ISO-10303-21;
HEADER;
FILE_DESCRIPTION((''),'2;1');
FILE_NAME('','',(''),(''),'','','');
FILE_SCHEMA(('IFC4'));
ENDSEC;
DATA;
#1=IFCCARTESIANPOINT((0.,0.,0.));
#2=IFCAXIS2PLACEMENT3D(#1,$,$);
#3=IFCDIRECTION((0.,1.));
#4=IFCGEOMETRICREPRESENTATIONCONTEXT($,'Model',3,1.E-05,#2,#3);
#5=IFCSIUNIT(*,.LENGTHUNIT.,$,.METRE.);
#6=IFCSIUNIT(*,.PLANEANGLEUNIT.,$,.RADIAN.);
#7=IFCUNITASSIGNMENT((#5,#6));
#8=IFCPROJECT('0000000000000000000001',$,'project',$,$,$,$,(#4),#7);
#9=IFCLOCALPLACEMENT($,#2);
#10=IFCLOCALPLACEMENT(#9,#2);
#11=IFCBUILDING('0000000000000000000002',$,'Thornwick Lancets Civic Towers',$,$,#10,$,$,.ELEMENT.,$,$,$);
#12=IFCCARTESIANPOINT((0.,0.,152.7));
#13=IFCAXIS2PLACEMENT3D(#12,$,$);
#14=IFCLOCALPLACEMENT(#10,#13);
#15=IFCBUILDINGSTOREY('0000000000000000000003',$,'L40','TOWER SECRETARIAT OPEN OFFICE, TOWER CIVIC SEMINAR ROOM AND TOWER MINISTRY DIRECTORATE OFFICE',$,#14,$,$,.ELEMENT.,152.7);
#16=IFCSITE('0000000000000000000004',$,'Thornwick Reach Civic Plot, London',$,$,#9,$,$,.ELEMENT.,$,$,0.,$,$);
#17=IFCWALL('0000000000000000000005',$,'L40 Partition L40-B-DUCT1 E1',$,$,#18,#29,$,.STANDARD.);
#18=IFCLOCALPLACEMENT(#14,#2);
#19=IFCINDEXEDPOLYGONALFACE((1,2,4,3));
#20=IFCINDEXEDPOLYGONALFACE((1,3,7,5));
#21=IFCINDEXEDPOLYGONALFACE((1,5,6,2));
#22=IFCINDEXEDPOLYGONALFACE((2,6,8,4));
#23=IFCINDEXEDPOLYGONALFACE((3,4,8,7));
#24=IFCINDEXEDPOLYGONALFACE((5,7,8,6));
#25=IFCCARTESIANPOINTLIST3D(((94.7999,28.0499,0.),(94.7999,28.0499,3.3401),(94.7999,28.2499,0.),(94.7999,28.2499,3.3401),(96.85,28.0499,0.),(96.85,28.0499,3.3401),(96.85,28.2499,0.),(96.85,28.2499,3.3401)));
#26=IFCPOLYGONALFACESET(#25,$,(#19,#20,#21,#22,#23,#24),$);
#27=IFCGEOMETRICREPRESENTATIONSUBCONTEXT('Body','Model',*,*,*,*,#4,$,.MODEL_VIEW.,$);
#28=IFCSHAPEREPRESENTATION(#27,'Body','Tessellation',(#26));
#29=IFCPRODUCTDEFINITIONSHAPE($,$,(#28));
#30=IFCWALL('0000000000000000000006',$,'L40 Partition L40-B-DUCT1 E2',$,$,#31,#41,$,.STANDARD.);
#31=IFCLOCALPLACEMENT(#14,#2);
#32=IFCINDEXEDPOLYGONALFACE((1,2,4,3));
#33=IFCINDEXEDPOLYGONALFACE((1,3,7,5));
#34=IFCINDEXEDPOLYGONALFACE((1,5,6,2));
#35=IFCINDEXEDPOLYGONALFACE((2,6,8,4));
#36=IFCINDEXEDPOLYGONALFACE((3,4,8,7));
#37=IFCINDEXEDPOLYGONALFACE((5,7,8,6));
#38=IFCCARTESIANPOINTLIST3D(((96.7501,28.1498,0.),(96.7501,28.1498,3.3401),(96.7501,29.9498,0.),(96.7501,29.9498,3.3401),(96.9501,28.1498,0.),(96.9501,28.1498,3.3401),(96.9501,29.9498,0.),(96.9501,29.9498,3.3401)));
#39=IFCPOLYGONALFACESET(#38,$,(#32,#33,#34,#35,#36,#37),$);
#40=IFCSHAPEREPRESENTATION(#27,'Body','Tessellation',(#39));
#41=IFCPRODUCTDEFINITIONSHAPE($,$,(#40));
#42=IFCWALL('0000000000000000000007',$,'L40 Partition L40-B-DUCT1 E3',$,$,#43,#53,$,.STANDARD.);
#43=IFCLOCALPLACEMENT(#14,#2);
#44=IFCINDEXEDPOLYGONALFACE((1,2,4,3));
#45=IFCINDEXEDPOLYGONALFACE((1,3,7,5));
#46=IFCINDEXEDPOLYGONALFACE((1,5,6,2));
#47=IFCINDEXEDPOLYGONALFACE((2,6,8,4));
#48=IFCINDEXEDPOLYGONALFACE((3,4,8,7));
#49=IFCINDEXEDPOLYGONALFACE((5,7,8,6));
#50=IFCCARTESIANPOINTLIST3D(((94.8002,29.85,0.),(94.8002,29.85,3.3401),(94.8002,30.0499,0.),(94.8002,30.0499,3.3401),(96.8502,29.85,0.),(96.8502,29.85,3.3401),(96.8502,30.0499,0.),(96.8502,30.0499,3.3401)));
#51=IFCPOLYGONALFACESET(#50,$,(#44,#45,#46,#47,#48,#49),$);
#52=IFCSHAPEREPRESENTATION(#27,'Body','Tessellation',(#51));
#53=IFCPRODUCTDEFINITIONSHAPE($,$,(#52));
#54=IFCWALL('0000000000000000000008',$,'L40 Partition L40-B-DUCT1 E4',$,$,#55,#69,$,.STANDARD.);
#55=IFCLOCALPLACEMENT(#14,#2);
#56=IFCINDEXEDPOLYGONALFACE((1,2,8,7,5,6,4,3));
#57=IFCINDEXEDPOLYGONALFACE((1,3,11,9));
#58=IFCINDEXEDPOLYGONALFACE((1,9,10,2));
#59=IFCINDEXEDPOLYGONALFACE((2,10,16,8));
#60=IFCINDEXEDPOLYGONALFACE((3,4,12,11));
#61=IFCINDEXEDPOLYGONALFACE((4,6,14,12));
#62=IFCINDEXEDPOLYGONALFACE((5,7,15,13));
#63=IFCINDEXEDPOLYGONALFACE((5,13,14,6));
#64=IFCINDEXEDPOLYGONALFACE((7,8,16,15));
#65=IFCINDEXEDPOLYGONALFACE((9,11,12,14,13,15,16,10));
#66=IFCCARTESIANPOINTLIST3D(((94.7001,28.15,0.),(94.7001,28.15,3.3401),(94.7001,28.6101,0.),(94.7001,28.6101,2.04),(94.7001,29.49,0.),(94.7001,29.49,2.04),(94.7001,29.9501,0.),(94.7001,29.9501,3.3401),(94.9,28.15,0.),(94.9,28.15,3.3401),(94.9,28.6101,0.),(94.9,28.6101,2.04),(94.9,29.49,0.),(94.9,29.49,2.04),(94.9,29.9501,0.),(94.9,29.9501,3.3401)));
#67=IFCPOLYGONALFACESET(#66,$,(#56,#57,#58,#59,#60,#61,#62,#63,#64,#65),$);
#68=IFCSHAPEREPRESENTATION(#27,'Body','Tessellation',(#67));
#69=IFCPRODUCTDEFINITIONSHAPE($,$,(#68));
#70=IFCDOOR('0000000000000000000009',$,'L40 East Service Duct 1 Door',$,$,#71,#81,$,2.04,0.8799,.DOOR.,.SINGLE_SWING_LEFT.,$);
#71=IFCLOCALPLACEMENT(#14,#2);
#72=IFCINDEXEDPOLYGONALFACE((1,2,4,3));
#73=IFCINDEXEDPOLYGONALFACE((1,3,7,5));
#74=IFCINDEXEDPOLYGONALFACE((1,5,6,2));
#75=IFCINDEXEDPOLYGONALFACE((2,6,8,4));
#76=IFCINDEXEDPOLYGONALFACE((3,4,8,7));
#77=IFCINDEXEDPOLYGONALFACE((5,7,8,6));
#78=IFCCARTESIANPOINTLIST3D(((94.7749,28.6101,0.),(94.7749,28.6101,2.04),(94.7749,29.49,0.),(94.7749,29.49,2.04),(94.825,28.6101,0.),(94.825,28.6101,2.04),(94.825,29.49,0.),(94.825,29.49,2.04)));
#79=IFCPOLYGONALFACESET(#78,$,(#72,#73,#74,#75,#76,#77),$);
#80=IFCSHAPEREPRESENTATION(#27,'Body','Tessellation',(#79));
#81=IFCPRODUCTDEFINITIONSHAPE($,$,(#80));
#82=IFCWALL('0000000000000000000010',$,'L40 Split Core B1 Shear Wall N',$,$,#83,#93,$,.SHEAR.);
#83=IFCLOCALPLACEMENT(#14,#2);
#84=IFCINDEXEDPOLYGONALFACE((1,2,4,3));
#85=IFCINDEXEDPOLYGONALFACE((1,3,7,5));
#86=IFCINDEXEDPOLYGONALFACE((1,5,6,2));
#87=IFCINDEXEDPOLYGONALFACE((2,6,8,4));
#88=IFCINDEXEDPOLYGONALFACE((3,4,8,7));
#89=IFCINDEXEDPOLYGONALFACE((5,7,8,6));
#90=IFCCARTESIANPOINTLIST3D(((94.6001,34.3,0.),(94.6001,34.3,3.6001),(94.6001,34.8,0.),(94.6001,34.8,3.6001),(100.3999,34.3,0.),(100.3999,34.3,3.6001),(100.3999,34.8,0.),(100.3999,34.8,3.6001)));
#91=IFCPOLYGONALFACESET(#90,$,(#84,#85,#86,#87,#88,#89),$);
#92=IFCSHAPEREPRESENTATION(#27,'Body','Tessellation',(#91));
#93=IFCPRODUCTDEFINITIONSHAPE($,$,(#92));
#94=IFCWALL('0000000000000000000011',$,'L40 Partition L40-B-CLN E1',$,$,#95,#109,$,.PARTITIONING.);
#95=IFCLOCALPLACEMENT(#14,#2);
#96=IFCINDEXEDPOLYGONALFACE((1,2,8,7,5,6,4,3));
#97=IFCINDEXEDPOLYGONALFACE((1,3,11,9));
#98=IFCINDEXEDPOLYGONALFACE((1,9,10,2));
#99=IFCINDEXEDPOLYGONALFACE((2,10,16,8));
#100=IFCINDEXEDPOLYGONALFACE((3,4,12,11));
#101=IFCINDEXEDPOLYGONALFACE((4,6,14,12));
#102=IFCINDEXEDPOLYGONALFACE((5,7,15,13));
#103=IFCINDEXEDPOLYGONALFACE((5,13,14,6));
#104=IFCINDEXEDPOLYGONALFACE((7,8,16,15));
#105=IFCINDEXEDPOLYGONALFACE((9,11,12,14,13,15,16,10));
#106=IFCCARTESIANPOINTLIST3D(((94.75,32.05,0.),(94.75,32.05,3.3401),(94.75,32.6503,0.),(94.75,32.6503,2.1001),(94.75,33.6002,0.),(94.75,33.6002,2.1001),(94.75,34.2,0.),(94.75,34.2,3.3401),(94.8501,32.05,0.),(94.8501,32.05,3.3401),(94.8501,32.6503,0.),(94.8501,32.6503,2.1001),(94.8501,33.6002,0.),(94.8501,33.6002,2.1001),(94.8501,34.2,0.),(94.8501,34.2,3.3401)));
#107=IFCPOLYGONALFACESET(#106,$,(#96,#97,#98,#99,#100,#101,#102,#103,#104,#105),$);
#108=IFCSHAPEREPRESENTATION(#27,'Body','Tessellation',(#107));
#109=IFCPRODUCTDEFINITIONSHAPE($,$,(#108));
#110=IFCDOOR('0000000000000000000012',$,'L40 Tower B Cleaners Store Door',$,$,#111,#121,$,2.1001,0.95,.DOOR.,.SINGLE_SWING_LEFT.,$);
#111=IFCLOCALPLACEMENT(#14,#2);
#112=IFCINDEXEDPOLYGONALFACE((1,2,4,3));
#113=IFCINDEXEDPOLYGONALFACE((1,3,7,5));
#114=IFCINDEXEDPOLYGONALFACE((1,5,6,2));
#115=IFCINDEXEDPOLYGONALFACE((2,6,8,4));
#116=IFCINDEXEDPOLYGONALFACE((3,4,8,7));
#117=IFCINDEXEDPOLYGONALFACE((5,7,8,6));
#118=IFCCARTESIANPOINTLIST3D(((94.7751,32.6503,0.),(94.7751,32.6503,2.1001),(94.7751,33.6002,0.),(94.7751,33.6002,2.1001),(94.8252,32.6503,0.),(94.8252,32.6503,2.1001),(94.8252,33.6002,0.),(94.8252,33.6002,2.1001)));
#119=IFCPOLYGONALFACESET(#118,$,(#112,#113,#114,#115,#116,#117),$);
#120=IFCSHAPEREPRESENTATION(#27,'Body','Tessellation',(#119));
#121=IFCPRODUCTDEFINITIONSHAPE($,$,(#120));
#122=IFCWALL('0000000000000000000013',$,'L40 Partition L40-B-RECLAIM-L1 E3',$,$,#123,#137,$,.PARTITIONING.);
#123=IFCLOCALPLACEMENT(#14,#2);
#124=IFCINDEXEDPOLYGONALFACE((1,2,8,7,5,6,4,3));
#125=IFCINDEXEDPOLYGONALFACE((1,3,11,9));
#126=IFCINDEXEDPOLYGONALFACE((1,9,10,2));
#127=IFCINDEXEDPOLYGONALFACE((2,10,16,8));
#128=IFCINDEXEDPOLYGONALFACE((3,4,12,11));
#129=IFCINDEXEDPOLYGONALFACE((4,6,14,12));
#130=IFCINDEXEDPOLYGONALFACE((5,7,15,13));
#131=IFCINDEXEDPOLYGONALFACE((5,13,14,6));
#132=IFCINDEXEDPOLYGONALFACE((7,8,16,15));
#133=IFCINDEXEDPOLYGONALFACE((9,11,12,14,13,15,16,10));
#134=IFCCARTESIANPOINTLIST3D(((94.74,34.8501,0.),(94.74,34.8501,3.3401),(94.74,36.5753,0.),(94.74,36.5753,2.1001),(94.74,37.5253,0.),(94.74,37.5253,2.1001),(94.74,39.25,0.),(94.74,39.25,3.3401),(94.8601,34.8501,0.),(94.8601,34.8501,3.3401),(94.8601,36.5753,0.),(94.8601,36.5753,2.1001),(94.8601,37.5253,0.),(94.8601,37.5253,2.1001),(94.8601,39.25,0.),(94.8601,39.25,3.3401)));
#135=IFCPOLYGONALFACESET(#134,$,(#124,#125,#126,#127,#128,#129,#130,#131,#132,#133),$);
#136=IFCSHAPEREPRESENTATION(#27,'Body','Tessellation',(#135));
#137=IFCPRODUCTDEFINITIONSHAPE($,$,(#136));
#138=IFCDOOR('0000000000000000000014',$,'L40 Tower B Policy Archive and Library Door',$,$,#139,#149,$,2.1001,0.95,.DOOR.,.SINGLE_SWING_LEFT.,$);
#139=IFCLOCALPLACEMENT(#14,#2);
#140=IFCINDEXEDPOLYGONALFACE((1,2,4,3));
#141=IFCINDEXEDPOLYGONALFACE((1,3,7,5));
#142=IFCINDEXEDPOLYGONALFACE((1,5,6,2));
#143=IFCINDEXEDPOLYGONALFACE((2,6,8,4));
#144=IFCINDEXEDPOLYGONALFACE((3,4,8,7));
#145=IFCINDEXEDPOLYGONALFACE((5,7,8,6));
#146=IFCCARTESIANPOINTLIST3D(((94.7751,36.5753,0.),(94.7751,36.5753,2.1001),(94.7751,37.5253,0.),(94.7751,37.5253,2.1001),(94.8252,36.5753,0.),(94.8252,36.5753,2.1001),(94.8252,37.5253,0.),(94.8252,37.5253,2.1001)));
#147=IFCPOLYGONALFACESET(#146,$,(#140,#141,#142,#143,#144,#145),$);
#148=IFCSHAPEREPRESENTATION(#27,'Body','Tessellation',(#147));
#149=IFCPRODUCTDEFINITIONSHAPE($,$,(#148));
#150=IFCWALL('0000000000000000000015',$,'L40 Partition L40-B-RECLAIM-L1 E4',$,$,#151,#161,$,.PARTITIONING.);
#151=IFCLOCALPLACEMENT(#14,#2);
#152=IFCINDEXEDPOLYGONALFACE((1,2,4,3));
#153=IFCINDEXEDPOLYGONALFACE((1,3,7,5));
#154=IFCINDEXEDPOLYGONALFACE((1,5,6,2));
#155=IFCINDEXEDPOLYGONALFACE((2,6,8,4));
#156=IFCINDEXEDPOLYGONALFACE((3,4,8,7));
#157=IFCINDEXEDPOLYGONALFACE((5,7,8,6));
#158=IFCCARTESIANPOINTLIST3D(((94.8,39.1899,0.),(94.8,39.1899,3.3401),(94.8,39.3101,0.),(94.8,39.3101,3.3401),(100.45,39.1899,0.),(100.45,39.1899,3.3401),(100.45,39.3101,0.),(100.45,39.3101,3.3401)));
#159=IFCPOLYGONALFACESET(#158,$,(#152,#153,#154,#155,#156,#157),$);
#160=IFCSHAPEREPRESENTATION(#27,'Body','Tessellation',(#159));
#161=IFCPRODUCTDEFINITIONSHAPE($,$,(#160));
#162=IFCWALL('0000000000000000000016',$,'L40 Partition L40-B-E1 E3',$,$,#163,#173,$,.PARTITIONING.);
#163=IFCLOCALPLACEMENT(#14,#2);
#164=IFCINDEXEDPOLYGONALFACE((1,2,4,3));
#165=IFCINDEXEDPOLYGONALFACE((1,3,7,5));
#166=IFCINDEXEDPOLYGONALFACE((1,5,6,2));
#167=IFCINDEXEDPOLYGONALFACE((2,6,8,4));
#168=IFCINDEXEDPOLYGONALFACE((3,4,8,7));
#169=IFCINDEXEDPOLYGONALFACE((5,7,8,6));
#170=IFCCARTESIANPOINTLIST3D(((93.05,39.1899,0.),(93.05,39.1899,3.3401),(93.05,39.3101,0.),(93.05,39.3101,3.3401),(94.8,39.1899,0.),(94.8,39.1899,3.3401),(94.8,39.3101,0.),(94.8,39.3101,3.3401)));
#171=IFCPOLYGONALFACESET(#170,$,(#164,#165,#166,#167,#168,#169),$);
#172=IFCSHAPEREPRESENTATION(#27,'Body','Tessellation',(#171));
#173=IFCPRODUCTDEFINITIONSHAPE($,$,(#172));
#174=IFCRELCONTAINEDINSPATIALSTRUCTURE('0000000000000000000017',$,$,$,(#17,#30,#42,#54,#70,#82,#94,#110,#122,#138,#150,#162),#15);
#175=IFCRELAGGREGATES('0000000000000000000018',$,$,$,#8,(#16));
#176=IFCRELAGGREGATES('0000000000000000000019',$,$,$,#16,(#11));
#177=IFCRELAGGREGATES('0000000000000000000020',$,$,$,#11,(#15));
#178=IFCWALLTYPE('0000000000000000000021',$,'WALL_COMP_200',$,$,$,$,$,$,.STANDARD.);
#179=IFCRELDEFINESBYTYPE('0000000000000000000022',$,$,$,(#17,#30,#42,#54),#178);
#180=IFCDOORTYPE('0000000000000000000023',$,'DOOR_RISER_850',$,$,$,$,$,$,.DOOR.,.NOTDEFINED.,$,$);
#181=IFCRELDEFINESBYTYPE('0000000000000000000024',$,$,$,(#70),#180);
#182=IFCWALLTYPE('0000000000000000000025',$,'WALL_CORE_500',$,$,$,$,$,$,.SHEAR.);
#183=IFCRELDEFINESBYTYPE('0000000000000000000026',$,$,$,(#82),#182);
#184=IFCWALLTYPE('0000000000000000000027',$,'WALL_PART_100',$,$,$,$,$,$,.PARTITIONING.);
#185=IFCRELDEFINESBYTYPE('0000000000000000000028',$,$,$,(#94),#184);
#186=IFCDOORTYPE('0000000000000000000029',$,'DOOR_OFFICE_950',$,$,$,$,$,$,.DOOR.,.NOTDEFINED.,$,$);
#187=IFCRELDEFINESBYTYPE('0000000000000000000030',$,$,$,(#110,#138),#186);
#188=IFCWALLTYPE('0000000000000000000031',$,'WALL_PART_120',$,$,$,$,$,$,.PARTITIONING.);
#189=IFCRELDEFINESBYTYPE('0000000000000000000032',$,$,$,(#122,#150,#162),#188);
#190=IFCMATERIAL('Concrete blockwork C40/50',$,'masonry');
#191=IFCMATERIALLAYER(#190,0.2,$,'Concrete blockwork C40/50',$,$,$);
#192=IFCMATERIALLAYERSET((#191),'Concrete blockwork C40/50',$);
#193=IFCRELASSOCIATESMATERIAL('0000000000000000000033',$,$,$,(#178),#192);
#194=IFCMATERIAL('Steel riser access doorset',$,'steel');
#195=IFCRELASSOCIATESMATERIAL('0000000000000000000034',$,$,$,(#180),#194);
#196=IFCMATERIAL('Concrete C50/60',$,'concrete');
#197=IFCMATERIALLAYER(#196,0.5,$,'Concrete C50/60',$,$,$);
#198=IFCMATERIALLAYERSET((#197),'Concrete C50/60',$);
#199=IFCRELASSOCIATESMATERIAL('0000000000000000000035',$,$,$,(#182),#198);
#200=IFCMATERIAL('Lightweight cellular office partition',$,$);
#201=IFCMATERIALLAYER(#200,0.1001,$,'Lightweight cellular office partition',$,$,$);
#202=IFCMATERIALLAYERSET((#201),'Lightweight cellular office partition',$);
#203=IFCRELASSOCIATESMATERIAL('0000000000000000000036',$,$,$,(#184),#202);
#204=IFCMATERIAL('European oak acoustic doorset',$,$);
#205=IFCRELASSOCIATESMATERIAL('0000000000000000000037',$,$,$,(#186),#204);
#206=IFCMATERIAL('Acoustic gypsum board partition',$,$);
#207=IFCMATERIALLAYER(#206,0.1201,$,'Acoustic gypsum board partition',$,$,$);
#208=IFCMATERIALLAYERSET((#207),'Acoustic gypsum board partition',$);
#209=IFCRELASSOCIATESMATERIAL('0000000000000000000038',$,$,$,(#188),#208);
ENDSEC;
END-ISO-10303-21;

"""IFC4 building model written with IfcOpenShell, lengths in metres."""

from ifc_helpers import new_model, si_unit, direction, frame, frame_2d, origin, place, context, subcontext, project, spatial, rectangle, extrude, material, layer, layer_set, type_object, element, fill, save


model = new_model("IFC4")

# Units and contexts
model_context = context("Model", 3, precision=1e-05, world=origin(), true_north=direction((0.0, 1.0)))
body_context = subcontext(model_context, "Body", "Model", "MODEL_VIEW")
ifc_project = project(units=[si_unit("LENGTHUNIT", "METRE"), si_unit("PLANEANGLEUNIT", "RADIAN")], contexts=[model_context])

# Site, building, storey
site_placement = place(None, origin())
site = spatial("IfcSite", under=ifc_project, at=site_placement, Name="Thornwick Reach Civic Plot, London", CompositionType="ELEMENT", RefElevation=0.0)
building_placement = place(site_placement, origin())
building = spatial("IfcBuilding", under=site, at=building_placement, Name="Thornwick Lancets Civic Towers", CompositionType="ELEMENT")
storey_placement = place(building_placement, frame((0.0, 0.0, 152.7)))
storey = spatial("IfcBuildingStorey", under=building, at=storey_placement, Name="L40", Description="TOWER SECRETARIAT OPEN OFFICE, TOWER CIVIC SEMINAR ROOM AND TOWER MINISTRY DIRECTORATE OFFICE", CompositionType="ELEMENT", Elevation=152.7)

# Shared definitions
ifc_material_1 = material(Name="Concrete C50/60", Category="concrete")

# Shared definitions
ifc_material_2 = material(Name="Concrete blockwork C40/50", Category="masonry")
ifc_layer_1 = layer(ifc_material_2, 0.2, Name="Concrete blockwork C40/50")
ifc_layer_set_1 = layer_set([ifc_layer_1], Name="Concrete blockwork C40/50")
wall_type_1 = type_object("IfcWallType", Name="WALL_COMP_200", PredefinedType="STANDARD", material=ifc_layer_set_1)

# Walls
wall_1_placement = place(storey_placement, frame((94.8, 28.1499, 0.0), z_axis=(0.0, 0.0, 1.0), x_axis=(1.0, 0.0, 0.0)))
element("IfcWall", 1, at=wall_1_placement, inside=storey, type_object=wall_type_1, Name="L40 Partition L40-B-DUCT1 E1", PredefinedType="STANDARD", context=body_context, shape_type="SweptSolid", body=[
    extrude(rectangle(XDim=2.05, YDim=0.2, at=frame_2d((1.0249, 0.0))), origin(), (0.0, 0.0, 1.0), 3.3401),
])
wall_2_placement = place(storey_placement, frame((96.8501, 28.1499, 0.0), z_axis=(0.0, 0.0, 1.0), x_axis=(0.0, 1.0, 0.0)))
element("IfcWall", 2, at=wall_2_placement, inside=storey, type_object=wall_type_1, Name="L40 Partition L40-B-DUCT1 E2", PredefinedType="STANDARD", context=body_context, shape_type="SweptSolid", body=[
    extrude(rectangle(XDim=1.8, YDim=0.2, at=frame_2d((0.8999, 0.0))), origin(), (0.0, 0.0, 1.0), 3.3401),
])
wall_3_placement = place(storey_placement, frame((96.8501, 29.95, 0.0), z_axis=(0.0, 0.0, 1.0), x_axis=(-1.0, 0.0, 0.0)))
element("IfcWall", 3, at=wall_3_placement, inside=storey, type_object=wall_type_1, Name="L40 Partition L40-B-DUCT1 E3", PredefinedType="STANDARD", context=body_context, shape_type="SweptSolid", body=[
    extrude(rectangle(XDim=2.05, YDim=0.2, at=frame_2d((1.0249, 0.0))), origin(), (0.0, 0.0, 1.0), 3.3401),
])

# Wall, opening, door
wall_4_placement = place(storey_placement, frame((94.8, 29.95, 0.0), z_axis=(0.0, 0.0, 1.0), x_axis=(0.0, -1.0, 0.0)))
wall_4 = element("IfcWall", 4, at=wall_4_placement, inside=storey, type_object=wall_type_1, Name="L40 Partition L40-B-DUCT1 E4", PredefinedType="STANDARD", context=body_context, shape_type="SweptSolid", body=[
    extrude(rectangle(XDim=1.8, YDim=0.2, at=frame_2d((0.8999, 0.0))), origin(), (0.0, 0.0, 1.0), 3.3401),
])
opening_1_placement = place(wall_4_placement, frame((0.46, 0.0, 0.0)))
opening_1 = element("IfcOpeningElement", 5, at=opening_1_placement, cuts=wall_4, PredefinedType="OPENING", context=body_context, shape_type="SweptSolid", body=[
    extrude(rectangle(XDim=0.8799, YDim=2.04, at=frame_2d((0.4399, 1.02))), frame((0.0, 0.1099, 0.0), z_axis=(0.0, -1.0, 0.0), x_axis=(1.0, 0.0, 0.0)), (0.0, 0.0, 1.0), 0.22),
])
ifc_material_3 = material(Name="Steel riser access doorset", Category="steel")
door_type_1 = type_object("IfcDoorType", Name="DOOR_RISER_850", OperationType="NOTDEFINED", PredefinedType="DOOR", material=ifc_material_3)
door_1_placement = place(opening_1_placement, origin())
door_1 = element("IfcDoor", 6, at=door_1_placement, inside=storey, type_object=door_type_1, Name="L40 East Service Duct 1 Door", OperationType="SINGLE_SWING_LEFT", OverallHeight=2.04, OverallWidth=0.8799, PredefinedType="DOOR", context=body_context, shape_type="SweptSolid", body=[
    extrude(rectangle(XDim=0.8799, YDim=2.04, at=frame_2d((0.4399, 1.02))), frame((0.0, 0.0249, 0.0), z_axis=(0.0, -1.0, 0.0), x_axis=(1.0, 0.0, 0.0)), (0.0, 0.0, 1.0), 0.05),
])
fill(opening_1, door_1)

# Wall
ifc_layer_2 = layer(ifc_material_1, 0.5, Name="Concrete C50/60")
ifc_layer_set_2 = layer_set([ifc_layer_2], Name="Concrete C50/60")
wall_type_2 = type_object("IfcWallType", Name="WALL_CORE_500", PredefinedType="SHEAR", material=ifc_layer_set_2)
wall_5_placement = place(storey_placement, frame((94.6001, 34.55, 0.0), z_axis=(0.0, 0.0, 1.0), x_axis=(1.0, 0.0, 0.0)))
element("IfcWall", 7, at=wall_5_placement, inside=storey, type_object=wall_type_2, Name="L40 Split Core B1 Shear Wall N", PredefinedType="SHEAR", context=body_context, shape_type="SweptSolid", body=[
    extrude(rectangle(XDim=5.7998, YDim=0.5, at=frame_2d((2.8999, 0.0))), origin(), (0.0, 0.0, 1.0), 3.6001),
])

# Walls, openings, doors
ifc_material_4 = material(Name="Lightweight cellular office partition")
ifc_layer_3 = layer(ifc_material_4, 0.1001, Name="Lightweight cellular office partition")
ifc_layer_set_3 = layer_set([ifc_layer_3], Name="Lightweight cellular office partition")
wall_type_3 = type_object("IfcWallType", Name="WALL_PART_100", PredefinedType="PARTITIONING", material=ifc_layer_set_3)
wall_6_placement = place(storey_placement, frame((94.8, 32.05, 0.0), z_axis=(0.0, 0.0, 1.0), x_axis=(0.0, 1.0, 0.0)))
wall_6 = element("IfcWall", 8, at=wall_6_placement, inside=storey, type_object=wall_type_3, Name="L40 Partition L40-B-CLN E1", PredefinedType="PARTITIONING", context=body_context, shape_type="SweptSolid", body=[
    extrude(rectangle(XDim=2.1499, YDim=0.1001, at=frame_2d((1.075, 0.0))), origin(), (0.0, 0.0, 1.0), 3.3401),
])
opening_2_placement = place(wall_6_placement, frame((0.6001, 0.0, 0.0)))
opening_2 = element("IfcOpeningElement", 9, at=opening_2_placement, cuts=wall_6, PredefinedType="OPENING", context=body_context, shape_type="SweptSolid", body=[
    extrude(rectangle(XDim=0.95, YDim=2.1001, at=frame_2d((0.4751, 1.05))), frame((0.0, 0.0601, 0.0), z_axis=(0.0, -1.0, 0.0), x_axis=(1.0, 0.0, 0.0)), (0.0, 0.0, 1.0), 0.1201),
])
ifc_material_5 = material(Name="European oak acoustic doorset")
door_type_2 = type_object("IfcDoorType", Name="DOOR_OFFICE_950", OperationType="NOTDEFINED", PredefinedType="DOOR", material=ifc_material_5)
door_2_placement = place(opening_2_placement, origin())
door_2 = element("IfcDoor", 10, at=door_2_placement, inside=storey, type_object=door_type_2, Name="L40 Tower B Cleaners Store Door", OperationType="SINGLE_SWING_LEFT", OverallHeight=2.1001, OverallWidth=0.95, PredefinedType="DOOR", context=body_context, shape_type="SweptSolid", body=[
    extrude(rectangle(XDim=0.95, YDim=2.1001, at=frame_2d((0.4751, 1.05))), frame((0.0, 0.0249, 0.0), z_axis=(0.0, -1.0, 0.0), x_axis=(1.0, 0.0, 0.0)), (0.0, 0.0, 1.0), 0.05),
])
fill(opening_2, door_2)
ifc_material_6 = material(Name="Acoustic gypsum board partition")
ifc_layer_4 = layer(ifc_material_6, 0.1201, Name="Acoustic gypsum board partition")
ifc_layer_set_4 = layer_set([ifc_layer_4], Name="Acoustic gypsum board partition")
wall_type_4 = type_object("IfcWallType", Name="WALL_PART_120", PredefinedType="PARTITIONING", material=ifc_layer_set_4)
wall_7_placement = place(storey_placement, frame((94.8, 34.8501, 0.0), z_axis=(0.0, 0.0, 1.0), x_axis=(0.0, 1.0, 0.0)))
wall_7 = element("IfcWall", 11, at=wall_7_placement, inside=storey, type_object=wall_type_4, Name="L40 Partition L40-B-RECLAIM-L1 E3", PredefinedType="PARTITIONING", context=body_context, shape_type="SweptSolid", body=[
    extrude(rectangle(XDim=4.3999, YDim=0.1201, at=frame_2d((2.2, 0.0))), origin(), (0.0, 0.0, 1.0), 3.3401),
])
opening_3_placement = place(wall_7_placement, frame((1.7251, 0.0, 0.0)))
opening_3 = element("IfcOpeningElement", 12, at=opening_3_placement, cuts=wall_7, PredefinedType="OPENING", context=body_context, shape_type="SweptSolid", body=[
    extrude(rectangle(XDim=0.95, YDim=2.1001, at=frame_2d((0.4751, 1.05))), frame((0.0, 0.0701, 0.0), z_axis=(0.0, -1.0, 0.0), x_axis=(1.0, 0.0, 0.0)), (0.0, 0.0, 1.0), 0.1401),
])
door_3_placement = place(opening_3_placement, origin())
door_3 = element("IfcDoor", 13, at=door_3_placement, inside=storey, type_object=door_type_2, Name="L40 Tower B Policy Archive and Library Door", OperationType="SINGLE_SWING_LEFT", OverallHeight=2.1001, OverallWidth=0.95, PredefinedType="DOOR", context=body_context, shape_type="SweptSolid", body=[
    extrude(rectangle(XDim=0.95, YDim=2.1001, at=frame_2d((0.4751, 1.05))), frame((0.0, 0.0249, 0.0), z_axis=(0.0, -1.0, 0.0), x_axis=(1.0, 0.0, 0.0)), (0.0, 0.0, 1.0), 0.05),
])
fill(opening_3, door_3)

# Walls
wall_8_placement = place(storey_placement, frame((94.8, 39.25, 0.0), z_axis=(0.0, 0.0, 1.0), x_axis=(1.0, 0.0, 0.0)))
element("IfcWall", 14, at=wall_8_placement, inside=storey, type_object=wall_type_4, Name="L40 Partition L40-B-RECLAIM-L1 E4", PredefinedType="PARTITIONING", context=body_context, shape_type="SweptSolid", body=[
    extrude(rectangle(XDim=5.6499, YDim=0.1201, at=frame_2d((2.825, 0.0))), origin(), (0.0, 0.0, 1.0), 3.3401),
])
wall_9_placement = place(storey_placement, frame((94.8, 39.25, 0.0), z_axis=(0.0, 0.0, 1.0), x_axis=(-1.0, 0.0, 0.0)))
element("IfcWall", 15, at=wall_9_placement, inside=storey, type_object=wall_type_4, Name="L40 Partition L40-B-E1 E3", PredefinedType="PARTITIONING", context=body_context, shape_type="SweptSolid", body=[
    extrude(rectangle(XDim=1.75, YDim=0.1201, at=frame_2d((0.875, 0.0))), origin(), (0.0, 0.0, 1.0), 3.3401),
])

save(model, "model.ifc")
